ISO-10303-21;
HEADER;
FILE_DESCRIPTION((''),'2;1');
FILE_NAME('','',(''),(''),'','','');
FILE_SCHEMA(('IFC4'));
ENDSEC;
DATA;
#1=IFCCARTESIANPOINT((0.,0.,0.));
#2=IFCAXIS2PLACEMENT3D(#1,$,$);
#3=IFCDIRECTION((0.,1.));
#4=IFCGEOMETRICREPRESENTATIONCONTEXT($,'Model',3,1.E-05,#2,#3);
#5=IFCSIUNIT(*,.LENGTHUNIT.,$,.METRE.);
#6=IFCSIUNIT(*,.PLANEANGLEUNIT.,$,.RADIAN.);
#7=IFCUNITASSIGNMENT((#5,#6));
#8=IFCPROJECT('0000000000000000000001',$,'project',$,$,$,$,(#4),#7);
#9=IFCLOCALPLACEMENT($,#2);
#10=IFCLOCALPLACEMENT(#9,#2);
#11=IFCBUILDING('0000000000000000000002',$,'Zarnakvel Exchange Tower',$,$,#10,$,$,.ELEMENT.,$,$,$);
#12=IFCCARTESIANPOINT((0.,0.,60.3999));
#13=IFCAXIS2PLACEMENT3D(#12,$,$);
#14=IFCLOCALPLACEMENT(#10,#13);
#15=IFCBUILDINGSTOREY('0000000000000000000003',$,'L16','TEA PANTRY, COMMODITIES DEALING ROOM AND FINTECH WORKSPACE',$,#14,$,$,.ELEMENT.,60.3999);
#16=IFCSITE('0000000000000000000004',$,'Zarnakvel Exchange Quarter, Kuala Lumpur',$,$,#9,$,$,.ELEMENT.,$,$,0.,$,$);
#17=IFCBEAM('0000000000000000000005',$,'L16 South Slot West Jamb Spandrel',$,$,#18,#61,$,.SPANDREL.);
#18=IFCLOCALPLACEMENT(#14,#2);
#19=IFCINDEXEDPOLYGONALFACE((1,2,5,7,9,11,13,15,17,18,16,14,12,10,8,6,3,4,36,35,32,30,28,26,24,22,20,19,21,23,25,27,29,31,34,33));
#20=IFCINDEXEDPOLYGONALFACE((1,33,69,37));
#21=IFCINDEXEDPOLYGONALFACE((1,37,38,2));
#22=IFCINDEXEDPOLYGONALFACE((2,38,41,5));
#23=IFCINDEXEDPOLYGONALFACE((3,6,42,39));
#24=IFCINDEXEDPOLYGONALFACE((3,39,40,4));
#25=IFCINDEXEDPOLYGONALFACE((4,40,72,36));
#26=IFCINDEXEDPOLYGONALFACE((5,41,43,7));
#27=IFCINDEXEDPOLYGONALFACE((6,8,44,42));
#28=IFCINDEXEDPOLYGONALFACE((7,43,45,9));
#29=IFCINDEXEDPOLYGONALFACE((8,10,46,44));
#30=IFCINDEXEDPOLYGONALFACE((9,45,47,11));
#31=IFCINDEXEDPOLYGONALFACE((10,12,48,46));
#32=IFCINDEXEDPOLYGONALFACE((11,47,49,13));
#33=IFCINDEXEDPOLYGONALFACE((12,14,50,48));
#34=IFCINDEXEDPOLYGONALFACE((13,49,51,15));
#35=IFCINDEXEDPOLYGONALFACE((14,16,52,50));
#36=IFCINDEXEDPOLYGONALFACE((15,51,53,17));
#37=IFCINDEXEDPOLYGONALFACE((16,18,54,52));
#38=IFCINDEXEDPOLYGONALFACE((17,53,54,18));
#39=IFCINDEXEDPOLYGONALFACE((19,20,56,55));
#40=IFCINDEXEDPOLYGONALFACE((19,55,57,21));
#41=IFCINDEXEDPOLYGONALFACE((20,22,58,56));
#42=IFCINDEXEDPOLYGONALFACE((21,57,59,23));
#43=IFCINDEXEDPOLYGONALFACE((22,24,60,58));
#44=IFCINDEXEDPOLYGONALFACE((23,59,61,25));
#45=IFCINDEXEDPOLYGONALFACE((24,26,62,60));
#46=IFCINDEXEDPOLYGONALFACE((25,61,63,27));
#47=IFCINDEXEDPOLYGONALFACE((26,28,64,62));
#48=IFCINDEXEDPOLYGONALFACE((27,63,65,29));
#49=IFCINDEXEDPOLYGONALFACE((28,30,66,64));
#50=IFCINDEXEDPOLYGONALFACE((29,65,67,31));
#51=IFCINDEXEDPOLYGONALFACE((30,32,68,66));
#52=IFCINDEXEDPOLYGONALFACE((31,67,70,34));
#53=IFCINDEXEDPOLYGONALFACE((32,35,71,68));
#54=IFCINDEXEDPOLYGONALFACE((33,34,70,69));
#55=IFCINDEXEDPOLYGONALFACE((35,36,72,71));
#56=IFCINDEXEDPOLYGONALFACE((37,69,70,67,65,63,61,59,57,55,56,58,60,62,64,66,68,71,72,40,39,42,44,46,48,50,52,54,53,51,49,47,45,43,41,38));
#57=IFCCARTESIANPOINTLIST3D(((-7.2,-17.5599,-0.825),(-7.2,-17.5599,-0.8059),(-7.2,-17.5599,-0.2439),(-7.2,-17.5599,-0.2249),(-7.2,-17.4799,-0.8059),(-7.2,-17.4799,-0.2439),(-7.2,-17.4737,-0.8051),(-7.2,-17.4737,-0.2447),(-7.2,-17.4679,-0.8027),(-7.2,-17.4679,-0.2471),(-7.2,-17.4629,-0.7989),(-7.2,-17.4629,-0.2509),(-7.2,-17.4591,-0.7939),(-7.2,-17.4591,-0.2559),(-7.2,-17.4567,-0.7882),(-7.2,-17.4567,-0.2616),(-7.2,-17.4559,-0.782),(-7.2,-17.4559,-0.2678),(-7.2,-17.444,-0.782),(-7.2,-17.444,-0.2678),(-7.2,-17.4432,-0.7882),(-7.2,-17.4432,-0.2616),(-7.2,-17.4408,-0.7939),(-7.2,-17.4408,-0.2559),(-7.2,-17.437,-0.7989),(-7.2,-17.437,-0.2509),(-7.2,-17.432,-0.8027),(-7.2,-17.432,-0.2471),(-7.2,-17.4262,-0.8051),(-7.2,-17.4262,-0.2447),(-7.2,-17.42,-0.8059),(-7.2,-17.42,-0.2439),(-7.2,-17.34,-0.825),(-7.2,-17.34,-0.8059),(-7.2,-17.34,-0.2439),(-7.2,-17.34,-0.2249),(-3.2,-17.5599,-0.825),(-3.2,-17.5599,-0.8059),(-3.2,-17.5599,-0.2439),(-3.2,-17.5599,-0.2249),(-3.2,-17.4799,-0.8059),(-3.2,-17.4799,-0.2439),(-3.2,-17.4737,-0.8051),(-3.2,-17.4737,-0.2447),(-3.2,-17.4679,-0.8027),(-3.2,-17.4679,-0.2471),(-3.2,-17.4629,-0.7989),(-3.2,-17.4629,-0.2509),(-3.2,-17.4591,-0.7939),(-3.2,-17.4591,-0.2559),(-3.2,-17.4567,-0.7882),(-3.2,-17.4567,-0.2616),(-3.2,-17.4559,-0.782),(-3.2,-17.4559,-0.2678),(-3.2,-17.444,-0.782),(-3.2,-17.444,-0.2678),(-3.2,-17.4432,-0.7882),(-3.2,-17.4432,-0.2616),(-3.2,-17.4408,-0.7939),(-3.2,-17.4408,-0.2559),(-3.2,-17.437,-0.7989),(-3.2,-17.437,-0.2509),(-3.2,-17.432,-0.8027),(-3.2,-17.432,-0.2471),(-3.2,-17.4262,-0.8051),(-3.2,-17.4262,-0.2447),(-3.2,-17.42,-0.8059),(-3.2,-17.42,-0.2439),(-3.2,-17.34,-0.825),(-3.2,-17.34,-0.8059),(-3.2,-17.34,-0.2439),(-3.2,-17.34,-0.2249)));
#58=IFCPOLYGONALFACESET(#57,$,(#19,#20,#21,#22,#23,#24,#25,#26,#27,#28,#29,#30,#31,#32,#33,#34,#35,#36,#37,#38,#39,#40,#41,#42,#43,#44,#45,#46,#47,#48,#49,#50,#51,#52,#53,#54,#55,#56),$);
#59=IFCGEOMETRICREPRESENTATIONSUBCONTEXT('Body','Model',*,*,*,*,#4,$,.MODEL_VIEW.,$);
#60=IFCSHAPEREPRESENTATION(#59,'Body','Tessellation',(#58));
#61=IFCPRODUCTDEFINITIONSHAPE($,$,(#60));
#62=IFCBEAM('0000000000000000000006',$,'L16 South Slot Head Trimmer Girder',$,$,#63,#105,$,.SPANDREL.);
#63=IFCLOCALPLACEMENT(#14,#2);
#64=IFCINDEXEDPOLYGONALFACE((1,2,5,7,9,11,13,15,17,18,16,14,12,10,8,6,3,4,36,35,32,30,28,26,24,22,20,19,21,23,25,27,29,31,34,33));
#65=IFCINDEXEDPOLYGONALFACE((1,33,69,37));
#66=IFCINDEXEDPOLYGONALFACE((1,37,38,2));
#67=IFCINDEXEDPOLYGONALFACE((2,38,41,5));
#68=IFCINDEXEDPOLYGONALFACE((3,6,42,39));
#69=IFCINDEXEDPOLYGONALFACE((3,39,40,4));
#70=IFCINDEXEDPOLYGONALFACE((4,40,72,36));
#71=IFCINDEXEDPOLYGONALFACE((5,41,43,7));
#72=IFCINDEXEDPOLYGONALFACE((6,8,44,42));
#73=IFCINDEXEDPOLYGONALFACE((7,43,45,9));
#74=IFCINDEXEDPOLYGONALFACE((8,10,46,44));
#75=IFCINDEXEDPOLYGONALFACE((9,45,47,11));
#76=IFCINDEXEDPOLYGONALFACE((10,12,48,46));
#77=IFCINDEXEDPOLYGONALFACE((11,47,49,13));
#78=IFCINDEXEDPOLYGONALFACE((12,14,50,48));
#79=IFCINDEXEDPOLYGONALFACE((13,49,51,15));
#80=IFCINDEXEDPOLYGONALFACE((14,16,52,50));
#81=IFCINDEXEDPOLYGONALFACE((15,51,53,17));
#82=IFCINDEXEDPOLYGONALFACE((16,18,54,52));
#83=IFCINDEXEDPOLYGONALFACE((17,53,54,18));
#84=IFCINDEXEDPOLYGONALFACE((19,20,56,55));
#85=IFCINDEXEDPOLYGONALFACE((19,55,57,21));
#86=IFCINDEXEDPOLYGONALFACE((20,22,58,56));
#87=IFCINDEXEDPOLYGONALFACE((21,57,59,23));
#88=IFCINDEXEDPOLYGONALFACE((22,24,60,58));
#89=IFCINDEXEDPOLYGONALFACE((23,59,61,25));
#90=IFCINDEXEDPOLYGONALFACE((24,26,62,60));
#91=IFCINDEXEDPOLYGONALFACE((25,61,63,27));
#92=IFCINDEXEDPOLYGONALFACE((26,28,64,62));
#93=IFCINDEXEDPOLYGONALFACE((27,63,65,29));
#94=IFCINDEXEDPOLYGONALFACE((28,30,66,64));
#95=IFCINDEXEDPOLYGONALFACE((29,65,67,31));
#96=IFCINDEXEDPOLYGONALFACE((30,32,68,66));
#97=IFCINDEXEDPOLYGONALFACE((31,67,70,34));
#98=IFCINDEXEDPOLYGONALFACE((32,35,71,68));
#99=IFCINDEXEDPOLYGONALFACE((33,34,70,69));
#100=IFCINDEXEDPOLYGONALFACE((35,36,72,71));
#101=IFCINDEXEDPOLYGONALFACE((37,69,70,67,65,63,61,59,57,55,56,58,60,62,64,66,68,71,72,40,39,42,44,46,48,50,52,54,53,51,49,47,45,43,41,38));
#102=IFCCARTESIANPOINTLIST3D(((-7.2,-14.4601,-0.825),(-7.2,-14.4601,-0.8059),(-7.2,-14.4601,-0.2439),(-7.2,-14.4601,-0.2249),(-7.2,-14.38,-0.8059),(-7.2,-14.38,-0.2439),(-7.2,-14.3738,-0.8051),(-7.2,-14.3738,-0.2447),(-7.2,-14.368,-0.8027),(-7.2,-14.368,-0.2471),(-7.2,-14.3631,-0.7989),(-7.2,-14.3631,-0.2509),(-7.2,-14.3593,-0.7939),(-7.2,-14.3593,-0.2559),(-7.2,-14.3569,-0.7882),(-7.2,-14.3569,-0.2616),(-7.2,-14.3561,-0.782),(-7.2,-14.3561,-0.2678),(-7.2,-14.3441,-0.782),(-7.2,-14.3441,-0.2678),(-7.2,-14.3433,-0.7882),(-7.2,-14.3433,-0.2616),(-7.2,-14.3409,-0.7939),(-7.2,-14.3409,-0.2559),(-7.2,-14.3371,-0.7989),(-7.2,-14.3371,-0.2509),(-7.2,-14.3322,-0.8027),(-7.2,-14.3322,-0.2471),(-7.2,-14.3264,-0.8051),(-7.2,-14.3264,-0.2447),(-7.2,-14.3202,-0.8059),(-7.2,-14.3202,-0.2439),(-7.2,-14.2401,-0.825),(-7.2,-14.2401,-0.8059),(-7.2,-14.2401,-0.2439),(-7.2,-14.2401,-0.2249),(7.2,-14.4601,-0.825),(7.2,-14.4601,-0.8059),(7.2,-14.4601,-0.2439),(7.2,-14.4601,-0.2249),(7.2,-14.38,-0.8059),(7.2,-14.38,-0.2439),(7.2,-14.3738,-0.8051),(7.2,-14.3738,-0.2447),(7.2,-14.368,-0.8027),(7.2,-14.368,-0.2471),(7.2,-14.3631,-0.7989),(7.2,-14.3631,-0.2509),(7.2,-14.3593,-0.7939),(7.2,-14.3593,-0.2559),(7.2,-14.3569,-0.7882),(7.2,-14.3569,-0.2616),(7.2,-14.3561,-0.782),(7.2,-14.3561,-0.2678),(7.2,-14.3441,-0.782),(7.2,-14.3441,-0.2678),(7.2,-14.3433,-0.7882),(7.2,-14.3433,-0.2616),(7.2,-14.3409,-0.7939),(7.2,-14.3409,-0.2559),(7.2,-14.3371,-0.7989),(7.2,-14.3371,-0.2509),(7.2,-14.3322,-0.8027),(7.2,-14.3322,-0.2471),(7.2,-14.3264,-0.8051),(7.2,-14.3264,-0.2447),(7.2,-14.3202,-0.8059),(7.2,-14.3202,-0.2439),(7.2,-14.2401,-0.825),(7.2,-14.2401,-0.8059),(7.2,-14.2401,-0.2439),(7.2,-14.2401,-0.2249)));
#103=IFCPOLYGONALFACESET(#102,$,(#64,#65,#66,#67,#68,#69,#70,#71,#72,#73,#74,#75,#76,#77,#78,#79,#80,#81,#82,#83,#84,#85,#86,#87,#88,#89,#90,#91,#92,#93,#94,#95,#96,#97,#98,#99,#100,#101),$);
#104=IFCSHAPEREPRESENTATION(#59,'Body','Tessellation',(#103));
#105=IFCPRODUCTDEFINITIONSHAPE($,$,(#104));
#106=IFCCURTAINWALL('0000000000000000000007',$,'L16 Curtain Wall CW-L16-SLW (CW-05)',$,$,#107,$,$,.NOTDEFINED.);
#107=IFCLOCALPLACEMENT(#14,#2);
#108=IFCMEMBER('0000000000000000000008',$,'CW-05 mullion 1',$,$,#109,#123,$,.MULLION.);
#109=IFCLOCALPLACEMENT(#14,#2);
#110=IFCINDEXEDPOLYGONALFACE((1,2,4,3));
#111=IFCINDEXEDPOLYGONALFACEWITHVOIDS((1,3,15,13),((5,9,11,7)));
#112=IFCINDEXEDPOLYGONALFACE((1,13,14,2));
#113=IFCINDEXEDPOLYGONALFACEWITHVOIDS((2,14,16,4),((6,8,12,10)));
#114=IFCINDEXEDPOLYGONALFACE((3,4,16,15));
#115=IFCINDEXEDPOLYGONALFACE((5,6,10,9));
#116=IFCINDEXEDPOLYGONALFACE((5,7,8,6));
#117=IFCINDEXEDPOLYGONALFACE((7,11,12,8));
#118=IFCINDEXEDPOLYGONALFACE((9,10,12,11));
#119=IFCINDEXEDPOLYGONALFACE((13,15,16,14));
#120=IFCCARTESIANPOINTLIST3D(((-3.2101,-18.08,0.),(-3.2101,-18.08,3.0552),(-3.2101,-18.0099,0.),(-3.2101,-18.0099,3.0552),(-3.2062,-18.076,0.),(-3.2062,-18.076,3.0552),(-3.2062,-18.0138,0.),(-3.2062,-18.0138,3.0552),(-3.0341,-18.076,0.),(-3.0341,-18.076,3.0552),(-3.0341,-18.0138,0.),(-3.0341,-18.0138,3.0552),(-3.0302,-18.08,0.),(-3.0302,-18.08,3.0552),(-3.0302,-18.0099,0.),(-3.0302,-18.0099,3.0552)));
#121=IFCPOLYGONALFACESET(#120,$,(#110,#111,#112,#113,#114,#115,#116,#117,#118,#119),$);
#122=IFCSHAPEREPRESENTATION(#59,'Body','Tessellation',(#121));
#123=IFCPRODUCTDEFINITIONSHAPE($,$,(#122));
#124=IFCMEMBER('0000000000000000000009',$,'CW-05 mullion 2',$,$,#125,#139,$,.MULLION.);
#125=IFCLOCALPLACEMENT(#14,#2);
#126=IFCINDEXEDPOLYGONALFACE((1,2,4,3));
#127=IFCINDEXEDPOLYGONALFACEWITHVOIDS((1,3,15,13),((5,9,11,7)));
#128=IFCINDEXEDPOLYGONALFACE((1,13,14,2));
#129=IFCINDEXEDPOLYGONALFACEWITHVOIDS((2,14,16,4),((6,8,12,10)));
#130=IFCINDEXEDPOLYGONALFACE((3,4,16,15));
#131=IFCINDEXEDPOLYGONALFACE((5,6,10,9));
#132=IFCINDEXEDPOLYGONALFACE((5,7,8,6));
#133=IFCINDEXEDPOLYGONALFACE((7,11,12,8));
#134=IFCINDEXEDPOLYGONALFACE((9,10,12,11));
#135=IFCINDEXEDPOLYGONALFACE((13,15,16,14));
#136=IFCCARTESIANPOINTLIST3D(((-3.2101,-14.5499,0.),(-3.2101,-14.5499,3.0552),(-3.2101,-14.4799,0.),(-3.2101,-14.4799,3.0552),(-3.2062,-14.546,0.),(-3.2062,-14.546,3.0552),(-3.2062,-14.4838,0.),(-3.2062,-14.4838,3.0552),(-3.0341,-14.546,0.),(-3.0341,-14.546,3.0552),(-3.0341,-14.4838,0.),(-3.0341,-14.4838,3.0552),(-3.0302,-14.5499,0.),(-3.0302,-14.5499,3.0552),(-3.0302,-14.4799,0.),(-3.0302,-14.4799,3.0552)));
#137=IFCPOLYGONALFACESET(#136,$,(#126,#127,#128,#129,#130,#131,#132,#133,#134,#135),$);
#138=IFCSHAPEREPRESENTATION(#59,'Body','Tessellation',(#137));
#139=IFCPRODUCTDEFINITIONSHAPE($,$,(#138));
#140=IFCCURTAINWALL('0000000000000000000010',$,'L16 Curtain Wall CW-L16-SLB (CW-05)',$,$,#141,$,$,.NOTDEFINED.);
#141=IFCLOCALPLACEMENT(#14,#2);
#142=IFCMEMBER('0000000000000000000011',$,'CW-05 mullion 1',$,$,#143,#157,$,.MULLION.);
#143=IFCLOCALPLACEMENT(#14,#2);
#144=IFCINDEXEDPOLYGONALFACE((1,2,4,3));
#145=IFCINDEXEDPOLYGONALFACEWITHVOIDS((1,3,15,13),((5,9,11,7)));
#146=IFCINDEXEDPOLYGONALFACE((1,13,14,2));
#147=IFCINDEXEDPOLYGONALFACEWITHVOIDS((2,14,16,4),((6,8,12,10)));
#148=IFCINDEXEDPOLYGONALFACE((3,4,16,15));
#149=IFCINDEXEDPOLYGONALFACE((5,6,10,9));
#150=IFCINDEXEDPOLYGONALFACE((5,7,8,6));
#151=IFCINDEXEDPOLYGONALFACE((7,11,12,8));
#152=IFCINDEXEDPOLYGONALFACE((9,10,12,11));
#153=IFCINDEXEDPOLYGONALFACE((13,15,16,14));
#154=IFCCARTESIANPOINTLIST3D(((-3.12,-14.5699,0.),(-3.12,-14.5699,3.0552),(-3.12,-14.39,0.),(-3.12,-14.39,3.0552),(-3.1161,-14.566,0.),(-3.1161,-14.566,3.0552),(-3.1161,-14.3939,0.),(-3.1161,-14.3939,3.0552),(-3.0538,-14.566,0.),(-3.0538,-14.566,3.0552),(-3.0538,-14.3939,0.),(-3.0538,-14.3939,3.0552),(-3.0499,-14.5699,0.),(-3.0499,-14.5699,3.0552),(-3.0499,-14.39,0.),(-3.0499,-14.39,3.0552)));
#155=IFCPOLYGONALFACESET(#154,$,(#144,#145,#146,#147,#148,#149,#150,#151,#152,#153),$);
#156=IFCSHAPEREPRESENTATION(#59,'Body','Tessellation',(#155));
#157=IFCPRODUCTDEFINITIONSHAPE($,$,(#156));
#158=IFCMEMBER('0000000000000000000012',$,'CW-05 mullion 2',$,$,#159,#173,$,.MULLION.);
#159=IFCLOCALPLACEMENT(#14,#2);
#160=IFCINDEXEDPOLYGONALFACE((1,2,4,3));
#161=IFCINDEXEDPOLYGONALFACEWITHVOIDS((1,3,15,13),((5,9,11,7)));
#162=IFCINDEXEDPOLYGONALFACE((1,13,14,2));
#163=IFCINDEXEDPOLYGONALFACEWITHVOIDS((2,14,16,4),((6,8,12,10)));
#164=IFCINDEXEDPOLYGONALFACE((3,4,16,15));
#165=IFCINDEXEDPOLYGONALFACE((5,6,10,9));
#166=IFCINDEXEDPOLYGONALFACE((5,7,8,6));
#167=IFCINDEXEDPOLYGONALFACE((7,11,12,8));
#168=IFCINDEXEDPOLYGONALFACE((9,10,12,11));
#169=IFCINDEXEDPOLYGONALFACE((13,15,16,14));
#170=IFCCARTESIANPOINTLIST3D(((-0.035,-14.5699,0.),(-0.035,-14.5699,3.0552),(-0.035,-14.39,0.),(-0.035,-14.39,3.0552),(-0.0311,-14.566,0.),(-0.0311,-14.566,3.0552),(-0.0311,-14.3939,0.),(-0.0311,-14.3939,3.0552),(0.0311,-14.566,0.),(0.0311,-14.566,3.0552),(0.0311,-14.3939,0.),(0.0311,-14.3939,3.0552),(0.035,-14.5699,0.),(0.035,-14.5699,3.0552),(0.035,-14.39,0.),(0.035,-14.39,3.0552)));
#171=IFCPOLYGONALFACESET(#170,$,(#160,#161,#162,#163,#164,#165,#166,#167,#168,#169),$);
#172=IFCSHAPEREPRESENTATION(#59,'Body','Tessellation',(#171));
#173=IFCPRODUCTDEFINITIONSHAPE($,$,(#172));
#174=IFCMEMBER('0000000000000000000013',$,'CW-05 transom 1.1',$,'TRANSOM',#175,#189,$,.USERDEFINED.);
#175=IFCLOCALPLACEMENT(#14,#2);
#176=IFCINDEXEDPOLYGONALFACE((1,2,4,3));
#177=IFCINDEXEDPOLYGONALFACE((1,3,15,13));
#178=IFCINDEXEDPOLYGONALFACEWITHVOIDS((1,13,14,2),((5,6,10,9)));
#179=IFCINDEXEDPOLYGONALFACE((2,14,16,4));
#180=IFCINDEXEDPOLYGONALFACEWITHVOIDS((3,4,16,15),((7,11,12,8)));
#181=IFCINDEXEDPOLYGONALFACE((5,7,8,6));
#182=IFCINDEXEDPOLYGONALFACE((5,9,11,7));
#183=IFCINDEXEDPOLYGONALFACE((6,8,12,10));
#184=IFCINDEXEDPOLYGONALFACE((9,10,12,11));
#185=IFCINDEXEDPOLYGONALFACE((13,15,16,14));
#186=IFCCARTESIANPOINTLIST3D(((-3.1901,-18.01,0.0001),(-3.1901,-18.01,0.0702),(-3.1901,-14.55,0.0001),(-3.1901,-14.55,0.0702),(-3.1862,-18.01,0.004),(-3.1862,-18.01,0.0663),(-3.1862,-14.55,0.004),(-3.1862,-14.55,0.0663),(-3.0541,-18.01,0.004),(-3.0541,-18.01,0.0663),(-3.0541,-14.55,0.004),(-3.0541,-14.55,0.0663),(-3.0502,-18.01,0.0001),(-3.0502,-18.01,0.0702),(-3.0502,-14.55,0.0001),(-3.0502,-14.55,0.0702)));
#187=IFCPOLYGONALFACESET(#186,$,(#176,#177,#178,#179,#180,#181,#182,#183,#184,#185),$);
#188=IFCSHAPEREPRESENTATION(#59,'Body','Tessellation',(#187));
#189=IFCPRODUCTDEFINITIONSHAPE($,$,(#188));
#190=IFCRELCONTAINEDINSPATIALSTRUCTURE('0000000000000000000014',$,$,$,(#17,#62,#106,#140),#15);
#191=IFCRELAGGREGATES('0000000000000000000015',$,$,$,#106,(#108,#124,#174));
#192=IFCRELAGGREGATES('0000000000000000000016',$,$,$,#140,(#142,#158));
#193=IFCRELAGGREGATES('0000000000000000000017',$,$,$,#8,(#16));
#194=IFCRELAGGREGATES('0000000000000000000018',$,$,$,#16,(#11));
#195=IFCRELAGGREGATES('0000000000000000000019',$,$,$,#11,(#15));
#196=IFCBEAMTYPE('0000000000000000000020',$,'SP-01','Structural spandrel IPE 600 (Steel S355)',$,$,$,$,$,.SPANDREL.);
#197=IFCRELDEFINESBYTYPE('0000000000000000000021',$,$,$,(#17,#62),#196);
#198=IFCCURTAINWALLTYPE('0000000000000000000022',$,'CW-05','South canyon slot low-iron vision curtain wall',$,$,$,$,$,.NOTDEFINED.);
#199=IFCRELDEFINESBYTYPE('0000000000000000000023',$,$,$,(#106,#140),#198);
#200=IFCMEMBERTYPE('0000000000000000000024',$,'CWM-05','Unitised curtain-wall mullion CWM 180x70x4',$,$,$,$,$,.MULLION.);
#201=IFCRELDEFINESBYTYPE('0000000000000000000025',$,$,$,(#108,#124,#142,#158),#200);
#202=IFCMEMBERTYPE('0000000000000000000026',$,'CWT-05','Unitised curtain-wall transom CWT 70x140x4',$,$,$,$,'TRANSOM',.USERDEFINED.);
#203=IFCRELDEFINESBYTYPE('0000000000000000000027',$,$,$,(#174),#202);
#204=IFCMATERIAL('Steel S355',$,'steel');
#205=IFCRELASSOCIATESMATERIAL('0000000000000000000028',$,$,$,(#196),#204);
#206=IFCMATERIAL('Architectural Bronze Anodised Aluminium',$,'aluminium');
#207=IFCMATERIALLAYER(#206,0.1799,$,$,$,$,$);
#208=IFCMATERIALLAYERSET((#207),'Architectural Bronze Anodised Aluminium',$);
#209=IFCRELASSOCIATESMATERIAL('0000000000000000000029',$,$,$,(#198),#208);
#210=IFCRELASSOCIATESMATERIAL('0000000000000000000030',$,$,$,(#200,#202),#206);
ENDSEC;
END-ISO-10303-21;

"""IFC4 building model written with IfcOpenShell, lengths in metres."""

from ifc_helpers import new_model, si_unit, direction, frame, origin, origin_2d, place, context, subcontext, project, spatial, hollow_rectangle, i_section, extrude, source, transform, mapped, material, layer, layer_set, material_profile, profile_set, type_object, element, aggregate, save


model = new_model("IFC4")

# Units and contexts
model_context = context("Model", 3, precision=1e-05, world=origin(), true_north=direction((0.0, 1.0)))
body_context = subcontext(model_context, "Body", "Model", "MODEL_VIEW")
ifc_project = project(units=[si_unit("LENGTHUNIT", "METRE"), si_unit("PLANEANGLEUNIT", "RADIAN")], contexts=[model_context])

# Site, building, storey
site_placement = place(None, origin())
site = spatial("IfcSite", under=ifc_project, at=site_placement, Name="Zarnakvel Exchange Quarter, Kuala Lumpur", CompositionType="ELEMENT", RefElevation=0.0)
building_placement = place(site_placement, origin())
building = spatial("IfcBuilding", under=site, at=building_placement, Name="Zarnakvel Exchange Tower", CompositionType="ELEMENT")
storey_placement = place(building_placement, frame((0.0, 0.0, 60.3999)))
storey = spatial("IfcBuildingStorey", under=building, at=storey_placement, Name="L16", Description="TEA PANTRY, COMMODITIES DEALING ROOM AND FINTECH WORKSPACE", CompositionType="ELEMENT", Elevation=60.3999)

# Beams
ifc_material_1 = material(Name="Steel S355", Category="steel")
ifc_material_profile_1 = material_profile(ifc_material_1, i_section(OverallWidth=0.22, OverallDepth=0.6001, WebThickness=0.012, FlangeThickness=0.019, FilletRadius=0.0239, at=origin_2d()))
ifc_profile_set_1 = profile_set([ifc_material_profile_1], Name="Steel S355")
beam_type_1 = type_object("IfcBeamType", Name="SP-01", Description="Structural spandrel IPE 600 (Steel S355)", PredefinedType="SPANDREL", material=ifc_profile_set_1)
beam_1_placement = place(storey_placement, frame((-7.2, -17.45, -0.5249), z_axis=(1.0, 0.0, 0.0), x_axis=(0.0, 1.0, 0.0)))
element("IfcBeam", 1, at=beam_1_placement, inside=storey, type_object=beam_type_1, Name="L16 South Slot West Jamb Spandrel", PredefinedType="SPANDREL", context=body_context, shape_type="SweptSolid", body=[
    extrude(i_section(OverallWidth=0.22, OverallDepth=0.6001, WebThickness=0.012, FlangeThickness=0.019, FilletRadius=0.0239, at=origin_2d()), origin(), (0.0, 0.0, 1.0), 4.0),
])
beam_2_placement = place(storey_placement, frame((-7.2, -14.3501, -0.5249), z_axis=(1.0, 0.0, 0.0), x_axis=(0.0, 1.0, 0.0)))
element("IfcBeam", 2, at=beam_2_placement, inside=storey, type_object=beam_type_1, Name="L16 South Slot Head Trimmer Girder", PredefinedType="SPANDREL", context=body_context, shape_type="SweptSolid", body=[
    extrude(i_section(OverallWidth=0.22, OverallDepth=0.6001, WebThickness=0.012, FlangeThickness=0.019, FilletRadius=0.0239, at=origin_2d()), origin(), (0.0, 0.0, 1.0), 14.3999),
])

# Curtain walls, members
ifc_material_2 = material(Name="Architectural Bronze Anodised Aluminium", Category="aluminium")
ifc_layer_1 = layer(ifc_material_2, 0.1799)
ifc_layer_set_1 = layer_set([ifc_layer_1], Name="Architectural Bronze Anodised Aluminium")
curtain_wall_type = type_object("IfcCurtainWallType", Name="CW-05", Description="South canyon slot low-iron vision curtain wall", PredefinedType="NOTDEFINED", material=ifc_layer_set_1)
curtain_wall_1_placement = place(storey_placement, origin())
curtain_wall_1 = element("IfcCurtainWall", 3, at=curtain_wall_1_placement, inside=storey, type_object=curtain_wall_type, Name="L16 Curtain Wall CW-L16-SLW (CW-05)", PredefinedType="NOTDEFINED")
ifc_material_profile_2 = material_profile(ifc_material_2, hollow_rectangle(XDim=0.1799, YDim=0.0701, WallThickness=0.0039, at=origin_2d()))
ifc_profile_set_2 = profile_set([ifc_material_profile_2], Name="Architectural Bronze Anodised Aluminium")
member_type_1 = type_object("IfcMemberType", Name="CWM-05", Description="Unitised curtain-wall mullion CWM 180x70x4", PredefinedType="MULLION", material=ifc_profile_set_2)
shared_shape_1 = source(origin(), body_context, "Body", "SweptSolid", [
    extrude(hollow_rectangle(XDim=0.1799, YDim=0.0701, WallThickness=0.0039, at=origin_2d()), origin(), (0.0, 0.0, 1.0), 3.0552),
])
member_1_placement = place(storey_placement, frame((-3.1201, -18.0449, 0.0), z_axis=(0.0, 0.0, 1.0), x_axis=(-1.0, 0.0, 0.0)))
member_1 = element("IfcMember", 4, at=member_1_placement, type_object=member_type_1, Name="CW-05 mullion 1", PredefinedType="MULLION", context=body_context, shape_type="MappedRepresentation", body=[
    mapped(shared_shape_1, transform((0.0, 0.0, 0.0), x_axis=(1.0, 0.0, 0.0), y_axis=(0.0, 1.0, 0.0), z_axis=(0.0, 0.0, 1.0), scale=1.0)),
])
member_2_placement = place(storey_placement, frame((-3.1201, -14.5149, 0.0), z_axis=(0.0, 0.0, 1.0), x_axis=(-1.0, 0.0, 0.0)))
member_2 = element("IfcMember", 5, at=member_2_placement, type_object=member_type_1, Name="CW-05 mullion 2", PredefinedType="MULLION", context=body_context, shape_type="MappedRepresentation", body=[
    mapped(shared_shape_1, transform((0.0, 0.0, 0.0), x_axis=(1.0, 0.0, 0.0), y_axis=(0.0, 1.0, 0.0), z_axis=(0.0, 0.0, 1.0), scale=1.0)),
])
curtain_wall_2_placement = place(storey_placement, origin())
curtain_wall_2 = element("IfcCurtainWall", 6, at=curtain_wall_2_placement, inside=storey, type_object=curtain_wall_type, Name="L16 Curtain Wall CW-L16-SLB (CW-05)", PredefinedType="NOTDEFINED")
member_3_placement = place(storey_placement, frame((-3.085, -14.48, 0.0), z_axis=(0.0, 0.0, 1.0), x_axis=(0.0, 1.0, 0.0)))
member_3 = element("IfcMember", 7, at=member_3_placement, type_object=member_type_1, Name="CW-05 mullion 1", PredefinedType="MULLION", context=body_context, shape_type="MappedRepresentation", body=[
    mapped(shared_shape_1, transform((0.0, 0.0, 0.0), x_axis=(1.0, 0.0, 0.0), y_axis=(0.0, 1.0, 0.0), z_axis=(0.0, 0.0, 1.0), scale=1.0)),
])
member_4_placement = place(storey_placement, frame((0.0, -14.48, 0.0), z_axis=(0.0, 0.0, 1.0), x_axis=(0.0, 1.0, 0.0)))
member_4 = element("IfcMember", 8, at=member_4_placement, type_object=member_type_1, Name="CW-05 mullion 2", PredefinedType="MULLION", context=body_context, shape_type="MappedRepresentation", body=[
    mapped(shared_shape_1, transform((0.0, 0.0, 0.0), x_axis=(1.0, 0.0, 0.0), y_axis=(0.0, 1.0, 0.0), z_axis=(0.0, 0.0, 1.0), scale=1.0)),
])

# Member
ifc_material_profile_3 = material_profile(ifc_material_2, hollow_rectangle(XDim=0.1399, YDim=0.0701, WallThickness=0.0039, at=origin_2d()))
ifc_profile_set_3 = profile_set([ifc_material_profile_3], Name="Architectural Bronze Anodised Aluminium")
member_type_2 = type_object("IfcMemberType", Name="CWT-05", Description="Unitised curtain-wall transom CWT 70x140x4", ElementType="TRANSOM", PredefinedType="USERDEFINED", material=ifc_profile_set_3)
shared_shape_2 = source(origin(), body_context, "Body", "SweptSolid", [
    extrude(hollow_rectangle(XDim=0.1399, YDim=0.0701, WallThickness=0.0039, at=origin_2d()), origin(), (0.0, 0.0, 1.0), 3.46),
])
member_5_placement = place(storey_placement, frame((-3.1201, -18.01, 0.0352), z_axis=(0.0, 1.0, 0.0), x_axis=(-1.0, 0.0, 0.0)))
member_5 = element("IfcMember", 9, at=member_5_placement, type_object=member_type_2, Name="CW-05 transom 1.1", ObjectType="TRANSOM", PredefinedType="USERDEFINED", context=body_context, shape_type="MappedRepresentation", body=[
    mapped(shared_shape_2, transform((0.0, 0.0, 0.0), x_axis=(1.0, 0.0, 0.0), y_axis=(0.0, 1.0, 0.0), z_axis=(0.0, 0.0, 1.0), scale=1.0)),
])

aggregate(curtain_wall_1, [member_1, member_2, member_5])
aggregate(curtain_wall_2, [member_3, member_4])

save(model, "model.ifc")
